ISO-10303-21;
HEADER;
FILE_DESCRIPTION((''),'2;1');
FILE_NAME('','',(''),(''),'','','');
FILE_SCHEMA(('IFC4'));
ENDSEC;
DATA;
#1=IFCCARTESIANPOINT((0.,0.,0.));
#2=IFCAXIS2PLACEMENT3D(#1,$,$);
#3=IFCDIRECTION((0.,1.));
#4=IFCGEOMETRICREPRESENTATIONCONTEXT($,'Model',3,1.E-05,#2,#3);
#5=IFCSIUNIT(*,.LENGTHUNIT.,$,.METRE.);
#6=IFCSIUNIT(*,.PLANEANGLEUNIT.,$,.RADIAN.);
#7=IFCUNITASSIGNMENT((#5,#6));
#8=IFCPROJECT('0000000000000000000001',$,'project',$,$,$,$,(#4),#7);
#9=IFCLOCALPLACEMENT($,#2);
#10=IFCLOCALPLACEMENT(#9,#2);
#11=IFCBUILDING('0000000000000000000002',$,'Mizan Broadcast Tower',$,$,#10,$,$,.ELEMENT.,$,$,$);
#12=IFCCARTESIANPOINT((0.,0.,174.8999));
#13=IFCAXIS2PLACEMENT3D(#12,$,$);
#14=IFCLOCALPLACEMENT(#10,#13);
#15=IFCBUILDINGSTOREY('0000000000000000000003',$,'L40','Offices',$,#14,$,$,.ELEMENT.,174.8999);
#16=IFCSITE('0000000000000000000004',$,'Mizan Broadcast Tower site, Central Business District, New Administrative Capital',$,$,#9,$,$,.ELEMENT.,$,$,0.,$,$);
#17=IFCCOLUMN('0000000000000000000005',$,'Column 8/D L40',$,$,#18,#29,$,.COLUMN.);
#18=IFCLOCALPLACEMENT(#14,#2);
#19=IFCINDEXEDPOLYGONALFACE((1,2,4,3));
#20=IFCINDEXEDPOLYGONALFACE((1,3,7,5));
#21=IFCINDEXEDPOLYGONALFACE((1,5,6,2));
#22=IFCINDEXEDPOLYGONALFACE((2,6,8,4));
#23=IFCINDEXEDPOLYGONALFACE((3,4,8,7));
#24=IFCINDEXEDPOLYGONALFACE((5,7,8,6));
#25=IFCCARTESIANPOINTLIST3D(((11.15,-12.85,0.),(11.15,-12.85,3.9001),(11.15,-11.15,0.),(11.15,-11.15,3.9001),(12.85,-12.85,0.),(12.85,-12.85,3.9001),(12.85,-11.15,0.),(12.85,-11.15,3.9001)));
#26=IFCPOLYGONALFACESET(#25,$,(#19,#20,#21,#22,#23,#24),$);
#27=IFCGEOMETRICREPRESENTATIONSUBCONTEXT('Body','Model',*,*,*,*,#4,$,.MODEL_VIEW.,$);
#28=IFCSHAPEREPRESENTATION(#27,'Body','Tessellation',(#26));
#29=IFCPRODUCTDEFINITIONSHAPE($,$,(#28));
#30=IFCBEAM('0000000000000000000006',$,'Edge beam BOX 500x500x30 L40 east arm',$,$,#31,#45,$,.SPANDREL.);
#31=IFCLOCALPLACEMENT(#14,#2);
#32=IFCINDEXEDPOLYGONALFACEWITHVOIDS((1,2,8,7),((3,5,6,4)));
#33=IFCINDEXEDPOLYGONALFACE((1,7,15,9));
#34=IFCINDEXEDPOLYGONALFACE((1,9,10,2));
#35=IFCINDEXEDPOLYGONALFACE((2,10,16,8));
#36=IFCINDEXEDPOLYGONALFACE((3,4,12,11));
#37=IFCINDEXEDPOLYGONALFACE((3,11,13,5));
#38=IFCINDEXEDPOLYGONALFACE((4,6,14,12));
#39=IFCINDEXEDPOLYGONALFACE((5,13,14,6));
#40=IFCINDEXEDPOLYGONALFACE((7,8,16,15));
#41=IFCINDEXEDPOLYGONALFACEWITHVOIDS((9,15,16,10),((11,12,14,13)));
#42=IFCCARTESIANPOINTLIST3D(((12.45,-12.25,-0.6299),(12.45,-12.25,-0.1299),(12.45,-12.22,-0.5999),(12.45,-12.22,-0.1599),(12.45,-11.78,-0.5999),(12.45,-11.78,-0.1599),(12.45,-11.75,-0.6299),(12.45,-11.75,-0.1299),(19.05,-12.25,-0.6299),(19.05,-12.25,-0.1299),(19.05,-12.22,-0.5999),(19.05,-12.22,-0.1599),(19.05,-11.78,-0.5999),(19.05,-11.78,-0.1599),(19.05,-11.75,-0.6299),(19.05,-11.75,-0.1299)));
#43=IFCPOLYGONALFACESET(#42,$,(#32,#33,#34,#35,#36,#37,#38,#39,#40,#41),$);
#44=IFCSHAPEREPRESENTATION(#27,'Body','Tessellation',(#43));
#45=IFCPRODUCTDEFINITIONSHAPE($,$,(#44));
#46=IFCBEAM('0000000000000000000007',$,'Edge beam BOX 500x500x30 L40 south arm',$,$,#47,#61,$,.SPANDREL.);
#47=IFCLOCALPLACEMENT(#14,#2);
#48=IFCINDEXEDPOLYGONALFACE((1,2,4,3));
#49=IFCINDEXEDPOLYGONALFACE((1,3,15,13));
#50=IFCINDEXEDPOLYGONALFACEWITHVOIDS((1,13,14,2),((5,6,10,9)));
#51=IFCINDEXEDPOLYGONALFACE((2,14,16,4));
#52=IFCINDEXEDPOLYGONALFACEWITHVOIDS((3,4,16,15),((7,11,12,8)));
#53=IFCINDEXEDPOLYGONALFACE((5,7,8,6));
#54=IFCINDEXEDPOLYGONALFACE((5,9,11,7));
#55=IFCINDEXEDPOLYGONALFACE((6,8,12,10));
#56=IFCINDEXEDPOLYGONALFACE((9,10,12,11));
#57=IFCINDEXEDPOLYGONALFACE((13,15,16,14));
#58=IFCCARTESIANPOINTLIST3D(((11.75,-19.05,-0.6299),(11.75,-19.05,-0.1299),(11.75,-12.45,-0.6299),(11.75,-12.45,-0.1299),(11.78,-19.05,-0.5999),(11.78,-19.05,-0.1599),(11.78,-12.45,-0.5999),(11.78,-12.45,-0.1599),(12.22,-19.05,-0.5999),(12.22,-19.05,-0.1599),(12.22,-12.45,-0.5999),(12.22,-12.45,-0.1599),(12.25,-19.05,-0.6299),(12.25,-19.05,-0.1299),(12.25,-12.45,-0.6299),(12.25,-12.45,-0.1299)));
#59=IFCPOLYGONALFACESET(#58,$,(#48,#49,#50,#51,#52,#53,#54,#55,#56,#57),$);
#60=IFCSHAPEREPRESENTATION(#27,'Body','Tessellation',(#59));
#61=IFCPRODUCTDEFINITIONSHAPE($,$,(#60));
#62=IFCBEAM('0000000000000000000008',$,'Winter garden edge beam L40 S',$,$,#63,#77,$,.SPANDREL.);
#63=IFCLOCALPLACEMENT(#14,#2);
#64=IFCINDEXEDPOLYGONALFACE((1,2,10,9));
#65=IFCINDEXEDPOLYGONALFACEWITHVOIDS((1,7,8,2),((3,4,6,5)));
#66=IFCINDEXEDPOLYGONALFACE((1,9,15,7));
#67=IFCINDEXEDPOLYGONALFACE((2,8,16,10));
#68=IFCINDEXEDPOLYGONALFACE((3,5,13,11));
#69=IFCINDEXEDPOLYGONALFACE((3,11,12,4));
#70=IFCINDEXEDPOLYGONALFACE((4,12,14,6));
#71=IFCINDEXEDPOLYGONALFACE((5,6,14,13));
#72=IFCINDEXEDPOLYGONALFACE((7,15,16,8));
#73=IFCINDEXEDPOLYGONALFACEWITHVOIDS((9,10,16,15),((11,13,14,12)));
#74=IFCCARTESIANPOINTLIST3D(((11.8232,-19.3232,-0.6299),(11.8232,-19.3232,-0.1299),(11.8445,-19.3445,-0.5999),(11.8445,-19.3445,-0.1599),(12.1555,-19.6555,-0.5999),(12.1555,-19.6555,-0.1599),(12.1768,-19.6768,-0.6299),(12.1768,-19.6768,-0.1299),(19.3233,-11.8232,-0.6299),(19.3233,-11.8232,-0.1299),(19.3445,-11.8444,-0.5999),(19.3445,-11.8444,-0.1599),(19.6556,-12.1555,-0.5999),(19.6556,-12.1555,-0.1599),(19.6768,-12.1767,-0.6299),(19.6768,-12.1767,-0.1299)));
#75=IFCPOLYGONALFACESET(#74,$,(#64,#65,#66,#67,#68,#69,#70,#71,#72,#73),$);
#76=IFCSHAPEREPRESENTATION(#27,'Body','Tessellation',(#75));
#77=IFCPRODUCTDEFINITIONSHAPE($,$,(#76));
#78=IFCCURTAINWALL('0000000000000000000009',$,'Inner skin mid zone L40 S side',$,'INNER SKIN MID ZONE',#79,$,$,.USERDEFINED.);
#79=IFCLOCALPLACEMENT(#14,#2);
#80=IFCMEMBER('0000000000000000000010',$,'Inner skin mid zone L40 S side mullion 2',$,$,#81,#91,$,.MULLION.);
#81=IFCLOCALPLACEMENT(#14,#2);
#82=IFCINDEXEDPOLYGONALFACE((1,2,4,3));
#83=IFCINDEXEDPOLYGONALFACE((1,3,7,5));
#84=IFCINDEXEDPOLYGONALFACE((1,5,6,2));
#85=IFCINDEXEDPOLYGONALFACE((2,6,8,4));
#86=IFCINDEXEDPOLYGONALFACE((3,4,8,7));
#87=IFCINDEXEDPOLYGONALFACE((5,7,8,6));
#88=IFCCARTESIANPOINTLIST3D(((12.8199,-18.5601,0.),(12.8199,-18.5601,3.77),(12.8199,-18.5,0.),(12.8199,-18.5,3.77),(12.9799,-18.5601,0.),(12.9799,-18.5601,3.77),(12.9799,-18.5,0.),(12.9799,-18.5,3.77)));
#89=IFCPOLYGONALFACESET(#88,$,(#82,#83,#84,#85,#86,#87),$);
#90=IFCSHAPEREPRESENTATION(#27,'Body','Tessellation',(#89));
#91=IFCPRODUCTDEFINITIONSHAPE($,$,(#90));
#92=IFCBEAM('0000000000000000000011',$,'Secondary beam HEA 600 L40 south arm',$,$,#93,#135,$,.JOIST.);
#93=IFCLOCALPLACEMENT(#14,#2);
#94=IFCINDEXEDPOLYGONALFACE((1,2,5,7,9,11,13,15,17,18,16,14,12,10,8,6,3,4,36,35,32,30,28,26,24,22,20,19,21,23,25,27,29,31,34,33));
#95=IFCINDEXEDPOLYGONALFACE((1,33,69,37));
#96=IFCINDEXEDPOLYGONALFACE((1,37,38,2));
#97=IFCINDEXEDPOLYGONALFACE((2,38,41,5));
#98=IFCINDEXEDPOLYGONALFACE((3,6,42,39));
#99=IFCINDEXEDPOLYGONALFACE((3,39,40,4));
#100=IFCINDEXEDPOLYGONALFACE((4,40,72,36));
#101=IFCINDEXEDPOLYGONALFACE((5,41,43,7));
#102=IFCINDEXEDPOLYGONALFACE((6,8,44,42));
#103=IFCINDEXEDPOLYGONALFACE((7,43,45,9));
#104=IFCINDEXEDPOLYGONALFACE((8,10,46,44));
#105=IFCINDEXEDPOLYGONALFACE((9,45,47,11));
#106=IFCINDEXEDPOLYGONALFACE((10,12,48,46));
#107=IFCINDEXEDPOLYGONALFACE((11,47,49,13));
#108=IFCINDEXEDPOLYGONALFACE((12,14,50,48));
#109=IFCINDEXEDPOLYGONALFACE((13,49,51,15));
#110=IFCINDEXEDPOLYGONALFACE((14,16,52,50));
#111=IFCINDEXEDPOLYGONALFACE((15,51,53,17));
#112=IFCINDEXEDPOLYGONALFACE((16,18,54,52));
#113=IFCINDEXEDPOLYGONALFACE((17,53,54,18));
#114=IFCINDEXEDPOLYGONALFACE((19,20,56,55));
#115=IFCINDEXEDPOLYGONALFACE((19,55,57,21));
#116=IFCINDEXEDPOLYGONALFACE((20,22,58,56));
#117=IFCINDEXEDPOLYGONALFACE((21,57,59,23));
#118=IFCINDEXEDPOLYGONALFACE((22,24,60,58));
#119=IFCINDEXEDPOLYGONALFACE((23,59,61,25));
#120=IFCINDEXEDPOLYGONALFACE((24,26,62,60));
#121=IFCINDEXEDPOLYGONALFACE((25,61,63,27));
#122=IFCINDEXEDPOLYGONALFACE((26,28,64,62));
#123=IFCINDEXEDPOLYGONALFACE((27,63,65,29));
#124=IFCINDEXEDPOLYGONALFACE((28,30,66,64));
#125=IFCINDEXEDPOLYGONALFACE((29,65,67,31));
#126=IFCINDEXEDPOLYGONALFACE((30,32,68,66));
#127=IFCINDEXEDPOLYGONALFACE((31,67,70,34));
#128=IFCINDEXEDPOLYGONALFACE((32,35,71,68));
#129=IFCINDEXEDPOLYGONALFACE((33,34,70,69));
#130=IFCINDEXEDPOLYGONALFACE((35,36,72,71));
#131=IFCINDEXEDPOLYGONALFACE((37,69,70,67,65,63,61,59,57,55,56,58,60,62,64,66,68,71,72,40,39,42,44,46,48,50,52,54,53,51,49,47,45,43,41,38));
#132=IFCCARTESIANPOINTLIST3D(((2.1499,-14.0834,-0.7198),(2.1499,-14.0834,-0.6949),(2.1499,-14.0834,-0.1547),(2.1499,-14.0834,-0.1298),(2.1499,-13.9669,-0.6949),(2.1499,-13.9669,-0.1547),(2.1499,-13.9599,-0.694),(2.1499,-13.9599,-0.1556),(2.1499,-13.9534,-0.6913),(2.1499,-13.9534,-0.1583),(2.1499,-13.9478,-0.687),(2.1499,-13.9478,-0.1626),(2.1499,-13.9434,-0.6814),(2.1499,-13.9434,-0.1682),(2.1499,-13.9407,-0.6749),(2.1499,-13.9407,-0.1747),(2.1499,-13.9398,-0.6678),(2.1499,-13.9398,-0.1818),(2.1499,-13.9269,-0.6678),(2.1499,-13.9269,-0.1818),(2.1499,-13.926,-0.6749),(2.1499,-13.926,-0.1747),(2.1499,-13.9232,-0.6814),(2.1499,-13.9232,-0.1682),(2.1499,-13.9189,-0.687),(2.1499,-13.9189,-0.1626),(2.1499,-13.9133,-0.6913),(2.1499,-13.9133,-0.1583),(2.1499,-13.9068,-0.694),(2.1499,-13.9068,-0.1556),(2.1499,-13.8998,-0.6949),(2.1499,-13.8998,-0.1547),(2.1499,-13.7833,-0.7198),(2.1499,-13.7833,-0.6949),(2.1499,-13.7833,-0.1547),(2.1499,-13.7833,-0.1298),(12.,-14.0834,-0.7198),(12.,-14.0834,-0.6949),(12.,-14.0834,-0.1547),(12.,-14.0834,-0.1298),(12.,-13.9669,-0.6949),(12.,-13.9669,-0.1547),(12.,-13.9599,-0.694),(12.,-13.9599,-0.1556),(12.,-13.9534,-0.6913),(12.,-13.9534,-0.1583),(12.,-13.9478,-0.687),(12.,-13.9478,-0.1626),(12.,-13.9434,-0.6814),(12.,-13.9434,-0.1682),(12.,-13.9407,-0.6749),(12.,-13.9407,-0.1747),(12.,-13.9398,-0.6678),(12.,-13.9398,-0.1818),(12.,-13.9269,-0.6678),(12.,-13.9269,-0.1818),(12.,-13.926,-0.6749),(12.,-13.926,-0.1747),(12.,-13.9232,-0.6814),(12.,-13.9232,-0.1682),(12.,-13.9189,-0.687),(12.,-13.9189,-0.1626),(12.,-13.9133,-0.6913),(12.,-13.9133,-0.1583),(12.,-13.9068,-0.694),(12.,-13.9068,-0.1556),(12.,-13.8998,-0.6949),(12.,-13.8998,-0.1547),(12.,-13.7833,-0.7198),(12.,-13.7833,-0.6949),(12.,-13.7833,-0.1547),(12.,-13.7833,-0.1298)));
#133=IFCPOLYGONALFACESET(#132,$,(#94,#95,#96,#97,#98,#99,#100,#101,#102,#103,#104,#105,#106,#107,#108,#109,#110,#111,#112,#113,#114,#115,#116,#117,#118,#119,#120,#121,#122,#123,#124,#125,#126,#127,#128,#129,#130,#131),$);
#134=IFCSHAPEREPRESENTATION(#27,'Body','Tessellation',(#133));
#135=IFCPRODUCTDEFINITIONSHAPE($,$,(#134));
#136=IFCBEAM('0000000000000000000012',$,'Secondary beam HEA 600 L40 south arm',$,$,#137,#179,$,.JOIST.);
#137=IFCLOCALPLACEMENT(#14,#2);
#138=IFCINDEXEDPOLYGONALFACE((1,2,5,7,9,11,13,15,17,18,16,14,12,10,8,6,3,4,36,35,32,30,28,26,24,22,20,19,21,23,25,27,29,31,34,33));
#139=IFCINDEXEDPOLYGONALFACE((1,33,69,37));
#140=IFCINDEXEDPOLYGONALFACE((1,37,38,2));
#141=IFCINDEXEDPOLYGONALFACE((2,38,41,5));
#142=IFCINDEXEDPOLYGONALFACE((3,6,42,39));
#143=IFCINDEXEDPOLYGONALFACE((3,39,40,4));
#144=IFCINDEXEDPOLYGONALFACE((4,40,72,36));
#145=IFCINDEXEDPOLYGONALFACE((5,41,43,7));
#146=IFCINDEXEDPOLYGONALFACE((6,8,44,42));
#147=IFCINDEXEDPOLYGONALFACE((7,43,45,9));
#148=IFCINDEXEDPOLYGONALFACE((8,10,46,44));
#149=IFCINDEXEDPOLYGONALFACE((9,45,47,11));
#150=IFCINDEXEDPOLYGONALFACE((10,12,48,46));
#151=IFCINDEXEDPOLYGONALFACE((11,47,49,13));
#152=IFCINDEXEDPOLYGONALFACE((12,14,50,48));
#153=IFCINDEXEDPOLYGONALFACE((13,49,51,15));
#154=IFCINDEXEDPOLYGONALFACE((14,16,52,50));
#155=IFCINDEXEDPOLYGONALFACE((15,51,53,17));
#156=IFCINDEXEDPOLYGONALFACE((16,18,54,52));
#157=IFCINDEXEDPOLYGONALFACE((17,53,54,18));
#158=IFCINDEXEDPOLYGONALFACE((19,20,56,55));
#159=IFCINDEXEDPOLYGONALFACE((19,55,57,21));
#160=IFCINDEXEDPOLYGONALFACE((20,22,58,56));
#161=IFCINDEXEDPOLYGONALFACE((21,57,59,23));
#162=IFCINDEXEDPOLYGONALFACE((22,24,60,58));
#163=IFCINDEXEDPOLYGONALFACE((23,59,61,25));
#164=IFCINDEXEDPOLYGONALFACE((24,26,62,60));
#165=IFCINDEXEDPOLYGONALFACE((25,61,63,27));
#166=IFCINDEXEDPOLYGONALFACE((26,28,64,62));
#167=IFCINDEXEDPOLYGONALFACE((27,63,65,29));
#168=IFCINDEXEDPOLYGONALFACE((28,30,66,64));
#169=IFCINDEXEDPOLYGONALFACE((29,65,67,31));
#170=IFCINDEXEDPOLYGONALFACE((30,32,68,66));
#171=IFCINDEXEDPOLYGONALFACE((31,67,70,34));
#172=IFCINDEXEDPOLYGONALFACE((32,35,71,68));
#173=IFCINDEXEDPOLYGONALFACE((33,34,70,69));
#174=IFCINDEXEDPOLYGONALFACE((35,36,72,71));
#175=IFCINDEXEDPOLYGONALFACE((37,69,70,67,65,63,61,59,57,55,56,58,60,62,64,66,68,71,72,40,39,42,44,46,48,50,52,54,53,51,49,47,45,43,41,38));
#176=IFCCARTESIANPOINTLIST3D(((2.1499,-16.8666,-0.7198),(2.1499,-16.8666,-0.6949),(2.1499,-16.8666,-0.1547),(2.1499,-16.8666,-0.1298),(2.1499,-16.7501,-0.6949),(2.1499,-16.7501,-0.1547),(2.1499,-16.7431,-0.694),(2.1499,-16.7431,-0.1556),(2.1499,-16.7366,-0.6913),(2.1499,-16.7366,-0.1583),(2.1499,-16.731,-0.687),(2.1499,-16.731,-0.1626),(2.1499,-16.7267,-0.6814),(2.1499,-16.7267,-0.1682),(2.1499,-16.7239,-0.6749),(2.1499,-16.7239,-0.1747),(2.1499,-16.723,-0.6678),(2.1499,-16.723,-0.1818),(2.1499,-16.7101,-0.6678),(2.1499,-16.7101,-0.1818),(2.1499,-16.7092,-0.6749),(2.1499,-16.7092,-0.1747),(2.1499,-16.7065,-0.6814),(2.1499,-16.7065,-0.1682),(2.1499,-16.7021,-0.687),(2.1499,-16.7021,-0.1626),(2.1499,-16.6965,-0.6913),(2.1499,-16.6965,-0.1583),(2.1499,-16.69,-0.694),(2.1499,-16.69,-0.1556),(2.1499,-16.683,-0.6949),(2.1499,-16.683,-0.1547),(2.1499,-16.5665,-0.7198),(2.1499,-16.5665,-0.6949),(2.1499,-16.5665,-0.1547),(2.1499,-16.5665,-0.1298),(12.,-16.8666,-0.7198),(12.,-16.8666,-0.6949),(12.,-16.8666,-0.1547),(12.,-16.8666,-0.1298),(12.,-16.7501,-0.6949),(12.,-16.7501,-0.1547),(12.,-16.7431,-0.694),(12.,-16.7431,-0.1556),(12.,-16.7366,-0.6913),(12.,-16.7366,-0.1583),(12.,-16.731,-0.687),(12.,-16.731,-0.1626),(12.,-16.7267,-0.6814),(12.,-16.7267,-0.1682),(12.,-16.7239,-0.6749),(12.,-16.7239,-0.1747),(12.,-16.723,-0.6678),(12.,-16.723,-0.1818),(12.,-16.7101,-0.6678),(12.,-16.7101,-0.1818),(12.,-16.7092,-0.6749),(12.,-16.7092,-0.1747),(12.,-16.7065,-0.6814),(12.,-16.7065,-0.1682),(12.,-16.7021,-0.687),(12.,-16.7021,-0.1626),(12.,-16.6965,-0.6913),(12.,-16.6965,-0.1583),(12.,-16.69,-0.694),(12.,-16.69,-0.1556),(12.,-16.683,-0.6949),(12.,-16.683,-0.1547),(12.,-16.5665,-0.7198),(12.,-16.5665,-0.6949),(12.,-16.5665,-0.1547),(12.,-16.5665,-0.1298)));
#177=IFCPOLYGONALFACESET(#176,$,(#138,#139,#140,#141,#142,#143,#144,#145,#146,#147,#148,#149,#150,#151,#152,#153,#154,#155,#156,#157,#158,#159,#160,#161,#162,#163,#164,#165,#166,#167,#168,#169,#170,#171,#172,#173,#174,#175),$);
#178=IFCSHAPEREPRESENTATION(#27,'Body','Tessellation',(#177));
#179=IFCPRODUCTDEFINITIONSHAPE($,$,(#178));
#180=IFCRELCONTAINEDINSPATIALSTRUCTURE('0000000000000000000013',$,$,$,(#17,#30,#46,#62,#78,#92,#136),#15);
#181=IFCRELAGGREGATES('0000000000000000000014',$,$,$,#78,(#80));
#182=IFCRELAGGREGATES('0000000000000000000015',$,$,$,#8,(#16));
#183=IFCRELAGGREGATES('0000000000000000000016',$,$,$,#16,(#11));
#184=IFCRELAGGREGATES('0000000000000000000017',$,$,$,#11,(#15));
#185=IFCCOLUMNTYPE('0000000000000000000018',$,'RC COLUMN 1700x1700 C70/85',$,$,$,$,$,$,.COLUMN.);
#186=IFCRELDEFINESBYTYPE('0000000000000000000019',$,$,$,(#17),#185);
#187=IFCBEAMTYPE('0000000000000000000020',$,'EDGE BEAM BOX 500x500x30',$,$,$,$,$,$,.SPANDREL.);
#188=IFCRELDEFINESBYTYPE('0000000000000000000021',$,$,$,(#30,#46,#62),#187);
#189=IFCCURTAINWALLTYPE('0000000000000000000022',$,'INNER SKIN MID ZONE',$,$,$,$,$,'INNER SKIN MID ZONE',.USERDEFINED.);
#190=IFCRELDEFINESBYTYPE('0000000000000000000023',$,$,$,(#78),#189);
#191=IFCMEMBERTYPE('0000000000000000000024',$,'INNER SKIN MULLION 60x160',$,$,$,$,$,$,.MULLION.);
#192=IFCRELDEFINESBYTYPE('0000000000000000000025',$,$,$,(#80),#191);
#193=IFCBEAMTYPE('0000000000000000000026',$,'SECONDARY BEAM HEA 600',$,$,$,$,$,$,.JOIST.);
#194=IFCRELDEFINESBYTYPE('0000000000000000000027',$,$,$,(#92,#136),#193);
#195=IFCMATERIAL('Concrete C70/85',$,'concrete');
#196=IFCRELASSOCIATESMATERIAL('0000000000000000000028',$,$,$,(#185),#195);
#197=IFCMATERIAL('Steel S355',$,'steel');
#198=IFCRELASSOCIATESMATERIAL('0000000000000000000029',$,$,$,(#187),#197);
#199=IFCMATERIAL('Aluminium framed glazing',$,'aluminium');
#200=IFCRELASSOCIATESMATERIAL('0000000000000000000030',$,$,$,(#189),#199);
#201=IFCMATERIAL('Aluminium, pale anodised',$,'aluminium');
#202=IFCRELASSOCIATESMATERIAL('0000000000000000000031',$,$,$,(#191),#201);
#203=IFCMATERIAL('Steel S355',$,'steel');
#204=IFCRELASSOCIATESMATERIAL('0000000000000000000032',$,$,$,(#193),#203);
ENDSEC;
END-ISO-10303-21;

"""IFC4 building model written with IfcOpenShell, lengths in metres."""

from ifc_helpers import new_model, si_unit, direction, frame, origin, origin_2d, place, context, subcontext, project, spatial, rectangle, hollow_rectangle, i_section, extrude, material, material_profile, profile_set, type_object, element, aggregate, save


model = new_model("IFC4")

# Units and contexts
model_context = context("Model", 3, precision=1e-05, world=origin(), true_north=direction((0.0, 1.0)))
body_context = subcontext(model_context, "Body", "Model", "MODEL_VIEW")
ifc_project = project(units=[si_unit("LENGTHUNIT", "METRE"), si_unit("PLANEANGLEUNIT", "RADIAN")], contexts=[model_context])

# Site, building, storey
site_placement = place(None, origin())
site = spatial("IfcSite", under=ifc_project, at=site_placement, Name="Mizan Broadcast Tower site, Central Business District, New Administrative Capital", CompositionType="ELEMENT", RefElevation=0.0)
building_placement = place(site_placement, origin())
building = spatial("IfcBuilding", under=site, at=building_placement, Name="Mizan Broadcast Tower", CompositionType="ELEMENT")
storey_placement = place(building_placement, frame((0.0, 0.0, 174.8999)))
storey = spatial("IfcBuildingStorey", under=building, at=storey_placement, Name="L40", Description="Offices", CompositionType="ELEMENT", Elevation=174.8999)

# Column
ifc_material_1 = material(Name="Concrete C70/85", Category="concrete")
ifc_material_profile_1 = material_profile(ifc_material_1, rectangle(XDim=1.7, YDim=1.7, at=origin_2d()), Name="RC 1700x1700")
ifc_profile_set_1 = profile_set([ifc_material_profile_1], Name="Concrete C70/85")
column_type = type_object("IfcColumnType", Name="RC COLUMN 1700x1700 C70/85", PredefinedType="COLUMN", material=ifc_profile_set_1)
column_placement = place(storey_placement, frame((12.0, -12.0, 0.0), z_axis=(0.0, 0.0, 1.0), x_axis=(1.0, 0.0, 0.0)))
element("IfcColumn", 1, at=column_placement, inside=storey, type_object=column_type, Name="Column 8/D L40", PredefinedType="COLUMN", context=body_context, shape_type="SweptSolid", body=[
    extrude(rectangle(XDim=1.7, YDim=1.7, at=origin_2d()), origin(), (0.0, 0.0, 1.0), 3.9001),
])

# Beams
ifc_material_2 = material(Name="Steel S355", Category="steel")
ifc_material_profile_2 = material_profile(ifc_material_2, hollow_rectangle(XDim=0.5, YDim=0.5, WallThickness=0.03, at=origin_2d()), Name="BOX 500x500x30")
ifc_profile_set_2 = profile_set([ifc_material_profile_2], Name="Steel S355")
beam_type_1 = type_object("IfcBeamType", Name="EDGE BEAM BOX 500x500x30", PredefinedType="SPANDREL", material=ifc_profile_set_2)
for number, where, z_axis, x_axis, name in (
    (2, (12.45, -12.0, -0.3799), (1.0, 0.0, 0.0), (0.0, 1.0, 0.0), "Edge beam BOX 500x500x30 L40 east arm"),
    (3, (12.0, -12.45, -0.3799), (0.0, -1.0, 0.0), (1.0, 0.0, 0.0), "Edge beam BOX 500x500x30 L40 south arm"),
):
    element("IfcBeam", number, at=place(storey_placement, frame(where, z_axis=z_axis, x_axis=x_axis)), inside=storey, type_object=beam_type_1, Name=name, PredefinedType="SPANDREL", context=body_context, shape_type="SweptSolid", body=[
        extrude(hollow_rectangle(XDim=0.5, YDim=0.5, WallThickness=0.03, at=origin_2d()), origin(), (0.0, 0.0, 1.0), 6.6001),
    ])
beam_1_placement = place(storey_placement, frame((12.0, -19.5, -0.3799), z_axis=(0.707107, 0.707107, 0.0), x_axis=(-0.707107, 0.707107, 0.0)))
element("IfcBeam", 4, at=beam_1_placement, inside=storey, type_object=beam_type_1, Name="Winter garden edge beam L40 S", PredefinedType="SPANDREL", context=body_context, shape_type="SweptSolid", body=[
    extrude(hollow_rectangle(XDim=0.5, YDim=0.5, WallThickness=0.03, at=origin_2d()), origin(), (0.0, 0.0, 1.0), 10.6067),
])

# Curtain wall, member
ifc_material_3 = material(Name="Aluminium framed glazing", Category="aluminium")
curtain_wall_type = type_object("IfcCurtainWallType", Name="INNER SKIN MID ZONE", ElementType="INNER SKIN MID ZONE", PredefinedType="USERDEFINED", material=ifc_material_3)
curtain_wall_placement = place(storey_placement, origin())
curtain_wall = element("IfcCurtainWall", 5, at=curtain_wall_placement, inside=storey, type_object=curtain_wall_type, Name="Inner skin mid zone L40 S side", ObjectType="INNER SKIN MID ZONE", PredefinedType="USERDEFINED")
ifc_material_4 = material(Name="Aluminium, pale anodised", Category="aluminium")
ifc_material_profile_3 = material_profile(ifc_material_4, rectangle(XDim=0.1599, YDim=0.0601, at=origin_2d()), Name="MULLION 160x60")
ifc_profile_set_3 = profile_set([ifc_material_profile_3], Name="Aluminium, pale anodised")
member_type = type_object("IfcMemberType", Name="INNER SKIN MULLION 60x160", PredefinedType="MULLION", material=ifc_profile_set_3)
member_placement = place(storey_placement, frame((12.8999, -18.53, 0.0), z_axis=(0.0, 0.0, 1.0), x_axis=(-1.0, 0.0, 0.0)))
member = element("IfcMember", 6, at=member_placement, type_object=member_type, Name="Inner skin mid zone L40 S side mullion 2", PredefinedType="MULLION", context=body_context, shape_type="SweptSolid", body=[
    extrude(rectangle(XDim=0.1599, YDim=0.0601, at=origin_2d()), origin(), (0.0, 0.0, 1.0), 3.77),
])
aggregate(curtain_wall, [member])

# Beams
ifc_material_5 = material(Name="Steel S355", Category="steel")
ifc_material_profile_4 = material_profile(ifc_material_5, i_section(OverallWidth=0.3, OverallDepth=0.5901, WebThickness=0.0129, FlangeThickness=0.0249, FilletRadius=0.0271, at=origin_2d()), Name="HEA 600")
ifc_profile_set_4 = profile_set([ifc_material_profile_4], Name="Steel S355")
beam_type_2 = type_object("IfcBeamType", Name="SECONDARY BEAM HEA 600", PredefinedType="JOIST", material=ifc_profile_set_4)
for number, where, z_axis, x_axis, name in (
    (7, (12.0, -13.9333, -0.4248), (-1.0, 0.0, 0.0), (0.0, -1.0, 0.0), "Secondary beam HEA 600 L40 south arm"),
    (8, (12.0, -16.7166, -0.4248), (-1.0, 0.0, 0.0), (0.0, -1.0, 0.0), "Secondary beam HEA 600 L40 south arm"),
):
    element("IfcBeam", number, at=place(storey_placement, frame(where, z_axis=z_axis, x_axis=x_axis)), inside=storey, type_object=beam_type_2, Name=name, PredefinedType="JOIST", context=body_context, shape_type="SweptSolid", body=[
        extrude(i_section(OverallWidth=0.3, OverallDepth=0.5901, WebThickness=0.0129, FlangeThickness=0.0249, FilletRadius=0.0271, at=origin_2d()), origin(), (0.0, 0.0, 1.0), 9.8501),
    ])

save(model, "model.ifc")
